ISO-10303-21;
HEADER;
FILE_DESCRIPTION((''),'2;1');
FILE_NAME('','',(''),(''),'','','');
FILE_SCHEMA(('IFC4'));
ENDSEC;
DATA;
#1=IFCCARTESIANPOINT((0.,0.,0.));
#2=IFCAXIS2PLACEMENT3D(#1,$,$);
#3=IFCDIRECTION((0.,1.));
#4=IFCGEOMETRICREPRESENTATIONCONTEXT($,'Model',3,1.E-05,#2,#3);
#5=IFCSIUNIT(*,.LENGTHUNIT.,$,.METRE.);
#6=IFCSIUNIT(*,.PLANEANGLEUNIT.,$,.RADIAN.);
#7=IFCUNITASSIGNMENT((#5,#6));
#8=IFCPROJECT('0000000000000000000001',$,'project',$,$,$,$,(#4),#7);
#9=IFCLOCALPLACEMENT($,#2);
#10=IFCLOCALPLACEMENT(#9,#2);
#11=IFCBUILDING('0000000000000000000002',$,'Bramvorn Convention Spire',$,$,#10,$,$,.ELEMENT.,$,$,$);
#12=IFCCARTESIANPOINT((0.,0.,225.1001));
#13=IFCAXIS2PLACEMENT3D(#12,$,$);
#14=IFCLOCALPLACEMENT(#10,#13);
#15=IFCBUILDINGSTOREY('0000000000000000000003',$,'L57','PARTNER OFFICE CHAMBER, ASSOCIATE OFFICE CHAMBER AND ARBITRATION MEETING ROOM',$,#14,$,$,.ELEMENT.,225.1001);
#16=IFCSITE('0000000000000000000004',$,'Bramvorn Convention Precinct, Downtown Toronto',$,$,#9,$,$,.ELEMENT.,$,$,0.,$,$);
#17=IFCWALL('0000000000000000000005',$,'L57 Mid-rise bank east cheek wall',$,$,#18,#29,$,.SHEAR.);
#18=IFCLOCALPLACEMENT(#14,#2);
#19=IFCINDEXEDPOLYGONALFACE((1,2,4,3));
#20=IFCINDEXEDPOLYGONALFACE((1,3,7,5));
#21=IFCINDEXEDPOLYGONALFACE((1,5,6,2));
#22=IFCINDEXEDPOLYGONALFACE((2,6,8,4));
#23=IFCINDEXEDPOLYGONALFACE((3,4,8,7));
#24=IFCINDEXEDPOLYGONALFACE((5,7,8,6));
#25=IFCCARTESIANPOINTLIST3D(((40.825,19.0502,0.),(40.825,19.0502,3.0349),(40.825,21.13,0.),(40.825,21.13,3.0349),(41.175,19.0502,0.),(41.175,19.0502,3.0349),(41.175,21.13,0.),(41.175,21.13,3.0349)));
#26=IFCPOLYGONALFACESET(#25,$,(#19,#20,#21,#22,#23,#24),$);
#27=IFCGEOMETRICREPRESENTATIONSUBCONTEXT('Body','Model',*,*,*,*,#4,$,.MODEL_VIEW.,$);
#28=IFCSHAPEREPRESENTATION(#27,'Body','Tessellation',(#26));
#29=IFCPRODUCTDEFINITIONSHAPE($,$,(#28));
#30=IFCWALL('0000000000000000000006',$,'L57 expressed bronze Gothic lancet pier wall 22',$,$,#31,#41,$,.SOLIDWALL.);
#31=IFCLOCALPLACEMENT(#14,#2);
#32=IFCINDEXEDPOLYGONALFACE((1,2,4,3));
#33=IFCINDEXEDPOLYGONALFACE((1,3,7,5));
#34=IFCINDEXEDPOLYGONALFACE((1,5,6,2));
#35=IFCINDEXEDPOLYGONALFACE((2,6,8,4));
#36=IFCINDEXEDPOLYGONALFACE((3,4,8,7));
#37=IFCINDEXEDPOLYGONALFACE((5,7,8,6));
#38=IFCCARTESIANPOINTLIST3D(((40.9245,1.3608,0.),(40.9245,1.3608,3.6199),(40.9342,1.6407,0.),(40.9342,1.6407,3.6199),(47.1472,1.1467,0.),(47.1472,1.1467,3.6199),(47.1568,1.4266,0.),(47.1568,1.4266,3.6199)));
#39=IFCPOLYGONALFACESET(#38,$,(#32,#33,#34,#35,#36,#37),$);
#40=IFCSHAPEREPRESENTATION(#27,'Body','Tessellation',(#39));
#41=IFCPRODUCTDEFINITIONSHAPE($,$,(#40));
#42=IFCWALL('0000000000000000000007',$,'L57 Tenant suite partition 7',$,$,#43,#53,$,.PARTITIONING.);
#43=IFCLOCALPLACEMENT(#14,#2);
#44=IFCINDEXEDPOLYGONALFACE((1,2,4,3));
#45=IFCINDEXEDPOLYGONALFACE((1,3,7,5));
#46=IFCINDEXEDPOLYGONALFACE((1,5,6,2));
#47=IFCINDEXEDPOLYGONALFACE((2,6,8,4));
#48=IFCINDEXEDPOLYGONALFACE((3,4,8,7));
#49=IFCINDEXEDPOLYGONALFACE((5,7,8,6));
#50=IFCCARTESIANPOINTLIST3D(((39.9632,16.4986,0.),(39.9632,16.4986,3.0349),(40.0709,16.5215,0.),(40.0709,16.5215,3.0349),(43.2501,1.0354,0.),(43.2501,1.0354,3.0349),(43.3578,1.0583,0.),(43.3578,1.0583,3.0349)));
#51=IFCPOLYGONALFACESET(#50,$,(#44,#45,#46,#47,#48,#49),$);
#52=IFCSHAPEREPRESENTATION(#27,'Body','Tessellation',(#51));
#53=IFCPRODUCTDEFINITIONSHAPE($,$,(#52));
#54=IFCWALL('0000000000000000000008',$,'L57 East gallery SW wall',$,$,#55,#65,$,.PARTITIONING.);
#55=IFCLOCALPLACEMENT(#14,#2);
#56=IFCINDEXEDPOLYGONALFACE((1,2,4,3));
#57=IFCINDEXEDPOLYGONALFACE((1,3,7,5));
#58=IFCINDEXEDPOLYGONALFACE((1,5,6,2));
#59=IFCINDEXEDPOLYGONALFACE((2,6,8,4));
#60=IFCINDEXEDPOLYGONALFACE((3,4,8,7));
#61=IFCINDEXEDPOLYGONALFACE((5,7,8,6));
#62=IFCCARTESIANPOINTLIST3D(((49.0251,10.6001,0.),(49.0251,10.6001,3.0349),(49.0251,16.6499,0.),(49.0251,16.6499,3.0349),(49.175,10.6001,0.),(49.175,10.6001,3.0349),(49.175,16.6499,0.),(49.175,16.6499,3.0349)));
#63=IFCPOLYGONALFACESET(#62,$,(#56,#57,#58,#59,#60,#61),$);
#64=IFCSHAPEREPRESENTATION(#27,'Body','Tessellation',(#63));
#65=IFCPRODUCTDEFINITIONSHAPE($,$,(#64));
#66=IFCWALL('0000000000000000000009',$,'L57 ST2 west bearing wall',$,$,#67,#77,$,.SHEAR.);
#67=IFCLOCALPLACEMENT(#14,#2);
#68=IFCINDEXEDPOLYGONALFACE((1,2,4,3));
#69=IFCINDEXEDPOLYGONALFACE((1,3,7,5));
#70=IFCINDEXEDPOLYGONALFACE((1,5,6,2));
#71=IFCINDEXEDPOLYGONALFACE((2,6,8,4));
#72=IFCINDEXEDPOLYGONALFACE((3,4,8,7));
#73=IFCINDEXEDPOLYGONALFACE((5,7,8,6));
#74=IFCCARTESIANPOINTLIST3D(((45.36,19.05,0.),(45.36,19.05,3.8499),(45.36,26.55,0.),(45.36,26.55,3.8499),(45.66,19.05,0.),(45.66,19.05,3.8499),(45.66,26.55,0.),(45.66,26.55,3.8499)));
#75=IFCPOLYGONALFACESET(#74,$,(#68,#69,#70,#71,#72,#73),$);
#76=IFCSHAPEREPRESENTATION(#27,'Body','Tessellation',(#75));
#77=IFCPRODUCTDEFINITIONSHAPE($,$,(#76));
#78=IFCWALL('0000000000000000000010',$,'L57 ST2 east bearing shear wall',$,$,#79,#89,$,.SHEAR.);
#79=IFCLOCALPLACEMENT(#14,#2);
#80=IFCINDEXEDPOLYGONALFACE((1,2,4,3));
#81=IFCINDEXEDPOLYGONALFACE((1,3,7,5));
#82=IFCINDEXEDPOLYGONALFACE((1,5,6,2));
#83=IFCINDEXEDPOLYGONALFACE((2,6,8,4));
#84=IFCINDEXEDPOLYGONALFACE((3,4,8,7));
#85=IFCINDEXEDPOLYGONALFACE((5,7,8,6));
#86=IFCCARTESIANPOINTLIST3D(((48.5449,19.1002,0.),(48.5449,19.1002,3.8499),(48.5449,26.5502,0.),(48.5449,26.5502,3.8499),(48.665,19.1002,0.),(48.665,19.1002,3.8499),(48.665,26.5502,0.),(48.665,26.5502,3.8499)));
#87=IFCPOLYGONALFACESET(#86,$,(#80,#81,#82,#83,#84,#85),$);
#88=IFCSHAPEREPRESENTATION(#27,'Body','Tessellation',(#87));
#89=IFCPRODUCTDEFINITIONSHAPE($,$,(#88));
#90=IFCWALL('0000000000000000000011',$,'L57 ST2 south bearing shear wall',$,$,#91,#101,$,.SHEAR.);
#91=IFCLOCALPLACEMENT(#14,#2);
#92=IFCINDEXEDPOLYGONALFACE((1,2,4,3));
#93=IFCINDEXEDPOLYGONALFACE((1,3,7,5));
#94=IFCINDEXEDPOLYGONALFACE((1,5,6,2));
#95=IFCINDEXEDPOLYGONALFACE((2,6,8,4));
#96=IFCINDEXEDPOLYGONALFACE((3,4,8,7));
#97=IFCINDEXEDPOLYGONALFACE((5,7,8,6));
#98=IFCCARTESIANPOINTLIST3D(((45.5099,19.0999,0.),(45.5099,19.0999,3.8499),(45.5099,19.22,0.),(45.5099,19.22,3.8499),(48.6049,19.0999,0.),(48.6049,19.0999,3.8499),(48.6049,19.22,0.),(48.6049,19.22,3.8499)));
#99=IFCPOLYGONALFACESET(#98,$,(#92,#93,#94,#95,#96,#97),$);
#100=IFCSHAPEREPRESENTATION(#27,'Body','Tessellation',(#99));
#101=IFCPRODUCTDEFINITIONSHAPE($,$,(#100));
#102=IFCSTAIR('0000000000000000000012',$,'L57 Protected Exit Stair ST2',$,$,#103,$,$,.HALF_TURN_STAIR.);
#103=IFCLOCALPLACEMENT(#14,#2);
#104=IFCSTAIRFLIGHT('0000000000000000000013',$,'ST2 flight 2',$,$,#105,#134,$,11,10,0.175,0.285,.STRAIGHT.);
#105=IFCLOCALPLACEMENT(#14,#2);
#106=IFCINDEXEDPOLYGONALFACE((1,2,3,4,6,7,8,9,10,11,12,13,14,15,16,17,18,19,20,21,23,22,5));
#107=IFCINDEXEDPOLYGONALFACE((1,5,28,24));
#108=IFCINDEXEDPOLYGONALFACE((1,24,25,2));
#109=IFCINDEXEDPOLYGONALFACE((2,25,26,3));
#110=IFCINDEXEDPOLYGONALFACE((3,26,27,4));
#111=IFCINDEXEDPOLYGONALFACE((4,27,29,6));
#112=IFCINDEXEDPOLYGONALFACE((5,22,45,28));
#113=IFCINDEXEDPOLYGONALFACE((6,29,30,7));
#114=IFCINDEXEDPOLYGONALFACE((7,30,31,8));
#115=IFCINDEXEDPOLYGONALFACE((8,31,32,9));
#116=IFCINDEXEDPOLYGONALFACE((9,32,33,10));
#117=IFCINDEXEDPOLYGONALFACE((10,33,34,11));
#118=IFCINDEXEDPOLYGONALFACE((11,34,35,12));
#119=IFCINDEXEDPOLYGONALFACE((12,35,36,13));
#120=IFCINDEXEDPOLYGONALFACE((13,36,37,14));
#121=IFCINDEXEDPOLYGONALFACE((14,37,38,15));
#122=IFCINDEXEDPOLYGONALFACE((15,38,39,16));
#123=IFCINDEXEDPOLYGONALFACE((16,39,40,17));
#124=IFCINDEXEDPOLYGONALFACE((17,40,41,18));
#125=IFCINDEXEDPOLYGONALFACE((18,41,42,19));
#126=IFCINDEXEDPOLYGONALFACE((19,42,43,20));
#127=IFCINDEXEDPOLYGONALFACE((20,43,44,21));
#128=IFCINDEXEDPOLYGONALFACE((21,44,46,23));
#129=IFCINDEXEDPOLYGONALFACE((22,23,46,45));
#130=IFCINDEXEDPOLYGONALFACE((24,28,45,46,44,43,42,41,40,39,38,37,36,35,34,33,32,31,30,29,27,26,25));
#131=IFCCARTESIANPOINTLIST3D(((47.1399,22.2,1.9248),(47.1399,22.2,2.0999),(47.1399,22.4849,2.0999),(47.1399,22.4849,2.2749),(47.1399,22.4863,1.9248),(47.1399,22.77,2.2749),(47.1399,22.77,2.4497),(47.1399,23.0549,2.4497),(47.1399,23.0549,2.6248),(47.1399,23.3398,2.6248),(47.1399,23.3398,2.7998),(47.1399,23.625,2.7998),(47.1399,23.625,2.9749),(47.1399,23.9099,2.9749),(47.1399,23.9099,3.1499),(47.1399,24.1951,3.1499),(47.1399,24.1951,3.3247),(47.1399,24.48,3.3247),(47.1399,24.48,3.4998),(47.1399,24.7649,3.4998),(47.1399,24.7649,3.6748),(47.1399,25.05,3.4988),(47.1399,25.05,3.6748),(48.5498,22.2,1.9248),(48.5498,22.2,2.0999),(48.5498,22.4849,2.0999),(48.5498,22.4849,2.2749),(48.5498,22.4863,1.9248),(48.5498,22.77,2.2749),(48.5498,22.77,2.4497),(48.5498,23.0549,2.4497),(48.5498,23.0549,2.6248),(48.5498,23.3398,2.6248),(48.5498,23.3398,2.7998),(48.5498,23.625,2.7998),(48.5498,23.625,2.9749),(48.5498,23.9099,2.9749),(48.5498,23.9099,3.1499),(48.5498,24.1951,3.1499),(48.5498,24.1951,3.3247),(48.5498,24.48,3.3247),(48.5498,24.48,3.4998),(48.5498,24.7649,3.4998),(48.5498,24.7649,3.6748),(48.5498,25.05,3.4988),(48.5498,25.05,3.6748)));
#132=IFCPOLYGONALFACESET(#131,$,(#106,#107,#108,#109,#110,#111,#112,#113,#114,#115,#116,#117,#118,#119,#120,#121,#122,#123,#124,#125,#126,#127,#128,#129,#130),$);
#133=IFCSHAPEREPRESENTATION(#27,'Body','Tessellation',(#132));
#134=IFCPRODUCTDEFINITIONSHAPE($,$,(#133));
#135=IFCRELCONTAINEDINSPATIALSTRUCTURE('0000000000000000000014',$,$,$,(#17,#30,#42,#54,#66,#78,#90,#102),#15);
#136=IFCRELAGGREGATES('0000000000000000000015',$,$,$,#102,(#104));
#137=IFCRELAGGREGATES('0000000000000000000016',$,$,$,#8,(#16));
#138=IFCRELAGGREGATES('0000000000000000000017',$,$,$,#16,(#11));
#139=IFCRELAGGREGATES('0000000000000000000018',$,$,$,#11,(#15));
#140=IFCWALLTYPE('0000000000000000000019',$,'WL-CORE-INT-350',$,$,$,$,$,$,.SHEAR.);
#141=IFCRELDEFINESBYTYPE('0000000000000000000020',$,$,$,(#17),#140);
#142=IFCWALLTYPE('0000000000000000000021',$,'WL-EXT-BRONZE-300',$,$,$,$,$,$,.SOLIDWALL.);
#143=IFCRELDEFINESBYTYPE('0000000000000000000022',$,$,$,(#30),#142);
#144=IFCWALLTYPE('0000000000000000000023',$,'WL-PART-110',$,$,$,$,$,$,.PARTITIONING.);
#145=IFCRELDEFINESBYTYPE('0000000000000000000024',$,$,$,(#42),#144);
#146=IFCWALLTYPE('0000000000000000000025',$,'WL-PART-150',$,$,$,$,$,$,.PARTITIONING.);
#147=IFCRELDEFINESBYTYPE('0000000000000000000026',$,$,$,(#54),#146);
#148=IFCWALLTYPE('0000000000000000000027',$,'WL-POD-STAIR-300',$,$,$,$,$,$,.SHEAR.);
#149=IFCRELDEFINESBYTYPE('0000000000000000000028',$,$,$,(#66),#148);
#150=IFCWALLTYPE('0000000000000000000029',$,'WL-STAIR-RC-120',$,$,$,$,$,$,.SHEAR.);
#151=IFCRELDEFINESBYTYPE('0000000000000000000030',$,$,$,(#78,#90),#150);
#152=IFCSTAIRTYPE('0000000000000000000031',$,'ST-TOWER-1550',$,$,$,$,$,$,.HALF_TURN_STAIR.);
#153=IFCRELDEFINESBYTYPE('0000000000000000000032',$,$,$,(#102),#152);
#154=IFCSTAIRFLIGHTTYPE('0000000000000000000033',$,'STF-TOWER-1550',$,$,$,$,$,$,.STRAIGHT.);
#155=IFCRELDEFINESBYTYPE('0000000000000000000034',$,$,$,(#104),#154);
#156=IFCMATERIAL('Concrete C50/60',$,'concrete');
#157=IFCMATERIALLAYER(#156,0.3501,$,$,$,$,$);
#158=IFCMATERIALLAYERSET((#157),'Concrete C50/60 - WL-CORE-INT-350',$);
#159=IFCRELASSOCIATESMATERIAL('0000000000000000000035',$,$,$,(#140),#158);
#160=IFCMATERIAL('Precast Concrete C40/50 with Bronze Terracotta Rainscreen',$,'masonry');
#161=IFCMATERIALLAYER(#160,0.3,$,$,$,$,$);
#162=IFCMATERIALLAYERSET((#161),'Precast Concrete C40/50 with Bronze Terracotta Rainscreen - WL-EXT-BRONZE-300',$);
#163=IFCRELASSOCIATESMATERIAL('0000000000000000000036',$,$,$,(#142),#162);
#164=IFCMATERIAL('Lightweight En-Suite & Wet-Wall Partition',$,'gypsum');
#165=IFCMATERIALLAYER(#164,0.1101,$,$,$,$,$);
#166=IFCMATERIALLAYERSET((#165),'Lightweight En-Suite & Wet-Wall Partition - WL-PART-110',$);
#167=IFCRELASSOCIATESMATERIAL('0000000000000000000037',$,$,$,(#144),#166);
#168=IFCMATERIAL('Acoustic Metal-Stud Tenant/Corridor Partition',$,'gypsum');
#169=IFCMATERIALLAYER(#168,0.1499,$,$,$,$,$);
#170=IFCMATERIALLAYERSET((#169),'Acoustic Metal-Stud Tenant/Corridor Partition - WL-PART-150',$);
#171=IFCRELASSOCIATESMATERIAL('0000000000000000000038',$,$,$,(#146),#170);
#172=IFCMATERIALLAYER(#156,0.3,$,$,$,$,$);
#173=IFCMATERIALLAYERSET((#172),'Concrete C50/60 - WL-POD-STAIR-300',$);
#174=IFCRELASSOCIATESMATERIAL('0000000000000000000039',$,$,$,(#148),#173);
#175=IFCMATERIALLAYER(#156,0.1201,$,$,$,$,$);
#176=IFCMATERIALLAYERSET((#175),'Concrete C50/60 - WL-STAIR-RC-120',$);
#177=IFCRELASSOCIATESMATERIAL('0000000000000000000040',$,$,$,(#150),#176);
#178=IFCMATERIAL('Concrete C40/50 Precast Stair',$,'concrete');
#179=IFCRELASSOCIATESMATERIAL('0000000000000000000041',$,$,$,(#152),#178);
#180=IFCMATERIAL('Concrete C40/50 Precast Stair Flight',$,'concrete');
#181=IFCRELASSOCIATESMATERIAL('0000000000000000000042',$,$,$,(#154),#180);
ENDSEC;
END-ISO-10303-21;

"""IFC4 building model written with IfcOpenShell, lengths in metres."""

from ifc_helpers import new_model, si_unit, direction, frame, frame_2d, origin, place, context, subcontext, project, spatial, polyline, rectangle, outline, extrude, material, layer, layer_set, type_object, element, aggregate, save


model = new_model("IFC4")

# Units and contexts
model_context = context("Model", 3, precision=1e-05, world=origin(), true_north=direction((0.0, 1.0)))
body_context = subcontext(model_context, "Body", "Model", "MODEL_VIEW")
ifc_project = project(units=[si_unit("LENGTHUNIT", "METRE"), si_unit("PLANEANGLEUNIT", "RADIAN")], contexts=[model_context])

# Site, building, storey
site_placement = place(None, origin())
site = spatial("IfcSite", under=ifc_project, at=site_placement, Name="Bramvorn Convention Precinct, Downtown Toronto", CompositionType="ELEMENT", RefElevation=0.0)
building_placement = place(site_placement, origin())
building = spatial("IfcBuilding", under=site, at=building_placement, Name="Bramvorn Convention Spire", CompositionType="ELEMENT")
storey_placement = place(building_placement, frame((0.0, 0.0, 225.1001)))
storey = spatial("IfcBuildingStorey", under=building, at=storey_placement, Name="L57", Description="PARTNER OFFICE CHAMBER, ASSOCIATE OFFICE CHAMBER AND ARBITRATION MEETING ROOM", CompositionType="ELEMENT", Elevation=225.1001)

# Shared definitions
ifc_material_1 = material(Name="Concrete C50/60", Category="concrete")

# Walls
ifc_layer_1 = layer(ifc_material_1, 0.3501)
ifc_layer_set_1 = layer_set([ifc_layer_1], Name="Concrete C50/60 - WL-CORE-INT-350")
wall_type_1 = type_object("IfcWallType", Name="WL-CORE-INT-350", PredefinedType="SHEAR", material=ifc_layer_set_1)
wall_1_placement = place(storey_placement, frame((41.0, 19.05, 0.0), z_axis=(0.0, 0.0, 1.0), x_axis=(0.0, 1.0, 0.0)))
element("IfcWall", 1, at=wall_1_placement, inside=storey, type_object=wall_type_1, Name="L57 Mid-rise bank east cheek wall", PredefinedType="SHEAR", context=body_context, shape_type="SweptSolid", body=[
    extrude(rectangle(XDim=2.0798, YDim=0.3501, at=frame_2d((1.04, 0.0))), origin(), (0.0, 0.0, 1.0), 3.0349),
])
ifc_material_2 = material(Name="Precast Concrete C40/50 with Bronze Terracotta Rainscreen", Category="masonry")
ifc_layer_2 = layer(ifc_material_2, 0.3)
ifc_layer_set_2 = layer_set([ifc_layer_2], Name="Precast Concrete C40/50 with Bronze Terracotta Rainscreen - WL-EXT-BRONZE-300")
wall_type_2 = type_object("IfcWallType", Name="WL-EXT-BRONZE-300", PredefinedType="SOLIDWALL", material=ifc_layer_set_2)
wall_2_placement = place(storey_placement, frame((47.1521, 1.2866, 0.0), z_axis=(0.0, 0.0, 1.0), x_axis=(-0.999409, 0.034388, 0.0)))
element("IfcWall", 2, at=wall_2_placement, inside=storey, type_object=wall_type_2, Name="L57 expressed bronze Gothic lancet pier wall 22", PredefinedType="SOLIDWALL", context=body_context, shape_type="SweptSolid", body=[
    extrude(rectangle(XDim=6.2263, YDim=0.28, at=frame_2d((3.1133, 0.0))), origin(), (0.0, 0.0, 1.0), 3.6199),
])
ifc_material_3 = material(Name="Lightweight En-Suite & Wet-Wall Partition", Category="gypsum")
ifc_layer_3 = layer(ifc_material_3, 0.1101)
ifc_layer_set_3 = layer_set([ifc_layer_3], Name="Lightweight En-Suite & Wet-Wall Partition - WL-PART-110")
wall_type_3 = type_object("IfcWallType", Name="WL-PART-110", PredefinedType="PARTITIONING", material=ifc_layer_set_3)
wall_3_placement = place(storey_placement, frame((40.0171, 16.51, 0.0), z_axis=(0.0, 0.0, 1.0), x_axis=(0.207916, -0.978147, 0.0)))
element("IfcWall", 3, at=wall_3_placement, inside=storey, type_object=wall_type_3, Name="L57 Tenant suite partition 7", PredefinedType="PARTITIONING", context=body_context, shape_type="SweptSolid", body=[
    extrude(rectangle(XDim=15.8086, YDim=0.1101, at=frame_2d((7.9043, 0.0))), origin(), (0.0, 0.0, 1.0), 3.0349),
])
ifc_material_4 = material(Name="Acoustic Metal-Stud Tenant/Corridor Partition", Category="gypsum")
ifc_layer_4 = layer(ifc_material_4, 0.1499)
ifc_layer_set_4 = layer_set([ifc_layer_4], Name="Acoustic Metal-Stud Tenant/Corridor Partition - WL-PART-150")
wall_type_4 = type_object("IfcWallType", Name="WL-PART-150", PredefinedType="PARTITIONING", material=ifc_layer_set_4)
wall_4_placement = place(storey_placement, frame((49.1001, 10.6001, 0.0), z_axis=(0.0, 0.0, 1.0), x_axis=(0.0, 1.0, 0.0)))
element("IfcWall", 4, at=wall_4_placement, inside=storey, type_object=wall_type_4, Name="L57 East gallery SW wall", PredefinedType="PARTITIONING", context=body_context, shape_type="SweptSolid", body=[
    extrude(rectangle(XDim=6.0498, YDim=0.1499, at=frame_2d((3.0249, 0.0))), origin(), (0.0, 0.0, 1.0), 3.0349),
])
ifc_layer_5 = layer(ifc_material_1, 0.3)
ifc_layer_set_5 = layer_set([ifc_layer_5], Name="Concrete C50/60 - WL-POD-STAIR-300")
wall_type_5 = type_object("IfcWallType", Name="WL-POD-STAIR-300", PredefinedType="SHEAR", material=ifc_layer_set_5)
wall_5_placement = place(storey_placement, frame((45.51, 19.05, 0.0), z_axis=(0.0, 0.0, 1.0), x_axis=(0.0, 1.0, 0.0)))
element("IfcWall", 5, at=wall_5_placement, inside=storey, type_object=wall_type_5, Name="L57 ST2 west bearing wall", PredefinedType="SHEAR", context=body_context, shape_type="SweptSolid", body=[
    extrude(rectangle(XDim=7.5, YDim=0.3, at=frame_2d((3.75, 0.0))), origin(), (0.0, 0.0, 1.0), 3.8499),
])
ifc_layer_6 = layer(ifc_material_1, 0.1201)
ifc_layer_set_6 = layer_set([ifc_layer_6], Name="Concrete C50/60 - WL-STAIR-RC-120")
wall_type_6 = type_object("IfcWallType", Name="WL-STAIR-RC-120", PredefinedType="SHEAR", material=ifc_layer_set_6)
wall_6_placement = place(storey_placement, frame((48.605, 19.1001, 0.0), z_axis=(0.0, 0.0, 1.0), x_axis=(0.0, 1.0, 0.0)))
element("IfcWall", 6, at=wall_6_placement, inside=storey, type_object=wall_type_6, Name="L57 ST2 east bearing shear wall", PredefinedType="SHEAR", context=body_context, shape_type="SweptSolid", body=[
    extrude(rectangle(XDim=7.45, YDim=0.1201, at=frame_2d((3.7251, 0.0))), origin(), (0.0, 0.0, 1.0), 3.8499),
])
wall_7_placement = place(storey_placement, frame((45.51, 19.1599, 0.0), z_axis=(0.0, 0.0, 1.0), x_axis=(1.0, 0.0, 0.0)))
element("IfcWall", 7, at=wall_7_placement, inside=storey, type_object=wall_type_6, Name="L57 ST2 south bearing shear wall", PredefinedType="SHEAR", context=body_context, shape_type="SweptSolid", body=[
    extrude(rectangle(XDim=3.095, YDim=0.1201, at=frame_2d((1.5474, 0.0))), origin(), (0.0, 0.0, 1.0), 3.8499),
])

# Stair, stair flight
ifc_material_5 = material(Name="Concrete C40/50 Precast Stair", Category="concrete")
stair_type = type_object("IfcStairType", Name="ST-TOWER-1550", PredefinedType="HALF_TURN_STAIR", material=ifc_material_5)
stair_placement = place(storey_placement, origin())
stair = element("IfcStair", 8, at=stair_placement, inside=storey, type_object=stair_type, Name="L57 Protected Exit Stair ST2", PredefinedType="HALF_TURN_STAIR")
ifc_material_6 = material(Name="Concrete C40/50 Precast Stair Flight", Category="concrete")
stair_flight_type = type_object("IfcStairFlightType", Name="STF-TOWER-1550", PredefinedType="STRAIGHT", material=ifc_material_6)
stair_flight_placement = place(storey_placement, frame((47.845, 22.2, 1.9248), z_axis=(0.0, 0.0, 1.0), x_axis=(0.0, 1.0, 0.0)))
stair_flight = element("IfcStairFlight", 9, at=stair_flight_placement, type_object=stair_flight_type, Name="ST2 flight 2", NumberOfRisers=11, NumberOfTreads=10, PredefinedType="STRAIGHT", RiserHeight=0.175, TreadLength=0.285, context=body_context, shape_type="SweptSolid", body=[
    extrude(outline(polyline([(0.0, 0.0), (0.0, 0.175), (0.2849, 0.175), (0.2849, 0.3501), (0.5701, 0.3501), (0.5701, 0.5249), (0.855, 0.5249), (0.855, 0.7), (1.1399, 0.7), (1.1399, 0.875), (1.425, 0.875), (1.425, 1.05), (1.71, 1.05), (1.71, 1.2251), (1.9951, 1.2251), (1.9951, 1.3999), (2.28, 1.3999), (2.28, 1.575), (2.5649, 1.575), (2.5649, 1.75), (2.8501, 1.75), (2.8501, 1.925), (2.8501, 1.574), (0.2864, 0.0), (0.0, 0.0)])), frame((0.0, 0.7051, 0.0), z_axis=(0.0, -1.0, 0.0), x_axis=(1.0, 0.0, 0.0)), (0.0, 0.0, 1.0), 1.4099),
])
aggregate(stair, [stair_flight])

save(model, "model.ifc")
